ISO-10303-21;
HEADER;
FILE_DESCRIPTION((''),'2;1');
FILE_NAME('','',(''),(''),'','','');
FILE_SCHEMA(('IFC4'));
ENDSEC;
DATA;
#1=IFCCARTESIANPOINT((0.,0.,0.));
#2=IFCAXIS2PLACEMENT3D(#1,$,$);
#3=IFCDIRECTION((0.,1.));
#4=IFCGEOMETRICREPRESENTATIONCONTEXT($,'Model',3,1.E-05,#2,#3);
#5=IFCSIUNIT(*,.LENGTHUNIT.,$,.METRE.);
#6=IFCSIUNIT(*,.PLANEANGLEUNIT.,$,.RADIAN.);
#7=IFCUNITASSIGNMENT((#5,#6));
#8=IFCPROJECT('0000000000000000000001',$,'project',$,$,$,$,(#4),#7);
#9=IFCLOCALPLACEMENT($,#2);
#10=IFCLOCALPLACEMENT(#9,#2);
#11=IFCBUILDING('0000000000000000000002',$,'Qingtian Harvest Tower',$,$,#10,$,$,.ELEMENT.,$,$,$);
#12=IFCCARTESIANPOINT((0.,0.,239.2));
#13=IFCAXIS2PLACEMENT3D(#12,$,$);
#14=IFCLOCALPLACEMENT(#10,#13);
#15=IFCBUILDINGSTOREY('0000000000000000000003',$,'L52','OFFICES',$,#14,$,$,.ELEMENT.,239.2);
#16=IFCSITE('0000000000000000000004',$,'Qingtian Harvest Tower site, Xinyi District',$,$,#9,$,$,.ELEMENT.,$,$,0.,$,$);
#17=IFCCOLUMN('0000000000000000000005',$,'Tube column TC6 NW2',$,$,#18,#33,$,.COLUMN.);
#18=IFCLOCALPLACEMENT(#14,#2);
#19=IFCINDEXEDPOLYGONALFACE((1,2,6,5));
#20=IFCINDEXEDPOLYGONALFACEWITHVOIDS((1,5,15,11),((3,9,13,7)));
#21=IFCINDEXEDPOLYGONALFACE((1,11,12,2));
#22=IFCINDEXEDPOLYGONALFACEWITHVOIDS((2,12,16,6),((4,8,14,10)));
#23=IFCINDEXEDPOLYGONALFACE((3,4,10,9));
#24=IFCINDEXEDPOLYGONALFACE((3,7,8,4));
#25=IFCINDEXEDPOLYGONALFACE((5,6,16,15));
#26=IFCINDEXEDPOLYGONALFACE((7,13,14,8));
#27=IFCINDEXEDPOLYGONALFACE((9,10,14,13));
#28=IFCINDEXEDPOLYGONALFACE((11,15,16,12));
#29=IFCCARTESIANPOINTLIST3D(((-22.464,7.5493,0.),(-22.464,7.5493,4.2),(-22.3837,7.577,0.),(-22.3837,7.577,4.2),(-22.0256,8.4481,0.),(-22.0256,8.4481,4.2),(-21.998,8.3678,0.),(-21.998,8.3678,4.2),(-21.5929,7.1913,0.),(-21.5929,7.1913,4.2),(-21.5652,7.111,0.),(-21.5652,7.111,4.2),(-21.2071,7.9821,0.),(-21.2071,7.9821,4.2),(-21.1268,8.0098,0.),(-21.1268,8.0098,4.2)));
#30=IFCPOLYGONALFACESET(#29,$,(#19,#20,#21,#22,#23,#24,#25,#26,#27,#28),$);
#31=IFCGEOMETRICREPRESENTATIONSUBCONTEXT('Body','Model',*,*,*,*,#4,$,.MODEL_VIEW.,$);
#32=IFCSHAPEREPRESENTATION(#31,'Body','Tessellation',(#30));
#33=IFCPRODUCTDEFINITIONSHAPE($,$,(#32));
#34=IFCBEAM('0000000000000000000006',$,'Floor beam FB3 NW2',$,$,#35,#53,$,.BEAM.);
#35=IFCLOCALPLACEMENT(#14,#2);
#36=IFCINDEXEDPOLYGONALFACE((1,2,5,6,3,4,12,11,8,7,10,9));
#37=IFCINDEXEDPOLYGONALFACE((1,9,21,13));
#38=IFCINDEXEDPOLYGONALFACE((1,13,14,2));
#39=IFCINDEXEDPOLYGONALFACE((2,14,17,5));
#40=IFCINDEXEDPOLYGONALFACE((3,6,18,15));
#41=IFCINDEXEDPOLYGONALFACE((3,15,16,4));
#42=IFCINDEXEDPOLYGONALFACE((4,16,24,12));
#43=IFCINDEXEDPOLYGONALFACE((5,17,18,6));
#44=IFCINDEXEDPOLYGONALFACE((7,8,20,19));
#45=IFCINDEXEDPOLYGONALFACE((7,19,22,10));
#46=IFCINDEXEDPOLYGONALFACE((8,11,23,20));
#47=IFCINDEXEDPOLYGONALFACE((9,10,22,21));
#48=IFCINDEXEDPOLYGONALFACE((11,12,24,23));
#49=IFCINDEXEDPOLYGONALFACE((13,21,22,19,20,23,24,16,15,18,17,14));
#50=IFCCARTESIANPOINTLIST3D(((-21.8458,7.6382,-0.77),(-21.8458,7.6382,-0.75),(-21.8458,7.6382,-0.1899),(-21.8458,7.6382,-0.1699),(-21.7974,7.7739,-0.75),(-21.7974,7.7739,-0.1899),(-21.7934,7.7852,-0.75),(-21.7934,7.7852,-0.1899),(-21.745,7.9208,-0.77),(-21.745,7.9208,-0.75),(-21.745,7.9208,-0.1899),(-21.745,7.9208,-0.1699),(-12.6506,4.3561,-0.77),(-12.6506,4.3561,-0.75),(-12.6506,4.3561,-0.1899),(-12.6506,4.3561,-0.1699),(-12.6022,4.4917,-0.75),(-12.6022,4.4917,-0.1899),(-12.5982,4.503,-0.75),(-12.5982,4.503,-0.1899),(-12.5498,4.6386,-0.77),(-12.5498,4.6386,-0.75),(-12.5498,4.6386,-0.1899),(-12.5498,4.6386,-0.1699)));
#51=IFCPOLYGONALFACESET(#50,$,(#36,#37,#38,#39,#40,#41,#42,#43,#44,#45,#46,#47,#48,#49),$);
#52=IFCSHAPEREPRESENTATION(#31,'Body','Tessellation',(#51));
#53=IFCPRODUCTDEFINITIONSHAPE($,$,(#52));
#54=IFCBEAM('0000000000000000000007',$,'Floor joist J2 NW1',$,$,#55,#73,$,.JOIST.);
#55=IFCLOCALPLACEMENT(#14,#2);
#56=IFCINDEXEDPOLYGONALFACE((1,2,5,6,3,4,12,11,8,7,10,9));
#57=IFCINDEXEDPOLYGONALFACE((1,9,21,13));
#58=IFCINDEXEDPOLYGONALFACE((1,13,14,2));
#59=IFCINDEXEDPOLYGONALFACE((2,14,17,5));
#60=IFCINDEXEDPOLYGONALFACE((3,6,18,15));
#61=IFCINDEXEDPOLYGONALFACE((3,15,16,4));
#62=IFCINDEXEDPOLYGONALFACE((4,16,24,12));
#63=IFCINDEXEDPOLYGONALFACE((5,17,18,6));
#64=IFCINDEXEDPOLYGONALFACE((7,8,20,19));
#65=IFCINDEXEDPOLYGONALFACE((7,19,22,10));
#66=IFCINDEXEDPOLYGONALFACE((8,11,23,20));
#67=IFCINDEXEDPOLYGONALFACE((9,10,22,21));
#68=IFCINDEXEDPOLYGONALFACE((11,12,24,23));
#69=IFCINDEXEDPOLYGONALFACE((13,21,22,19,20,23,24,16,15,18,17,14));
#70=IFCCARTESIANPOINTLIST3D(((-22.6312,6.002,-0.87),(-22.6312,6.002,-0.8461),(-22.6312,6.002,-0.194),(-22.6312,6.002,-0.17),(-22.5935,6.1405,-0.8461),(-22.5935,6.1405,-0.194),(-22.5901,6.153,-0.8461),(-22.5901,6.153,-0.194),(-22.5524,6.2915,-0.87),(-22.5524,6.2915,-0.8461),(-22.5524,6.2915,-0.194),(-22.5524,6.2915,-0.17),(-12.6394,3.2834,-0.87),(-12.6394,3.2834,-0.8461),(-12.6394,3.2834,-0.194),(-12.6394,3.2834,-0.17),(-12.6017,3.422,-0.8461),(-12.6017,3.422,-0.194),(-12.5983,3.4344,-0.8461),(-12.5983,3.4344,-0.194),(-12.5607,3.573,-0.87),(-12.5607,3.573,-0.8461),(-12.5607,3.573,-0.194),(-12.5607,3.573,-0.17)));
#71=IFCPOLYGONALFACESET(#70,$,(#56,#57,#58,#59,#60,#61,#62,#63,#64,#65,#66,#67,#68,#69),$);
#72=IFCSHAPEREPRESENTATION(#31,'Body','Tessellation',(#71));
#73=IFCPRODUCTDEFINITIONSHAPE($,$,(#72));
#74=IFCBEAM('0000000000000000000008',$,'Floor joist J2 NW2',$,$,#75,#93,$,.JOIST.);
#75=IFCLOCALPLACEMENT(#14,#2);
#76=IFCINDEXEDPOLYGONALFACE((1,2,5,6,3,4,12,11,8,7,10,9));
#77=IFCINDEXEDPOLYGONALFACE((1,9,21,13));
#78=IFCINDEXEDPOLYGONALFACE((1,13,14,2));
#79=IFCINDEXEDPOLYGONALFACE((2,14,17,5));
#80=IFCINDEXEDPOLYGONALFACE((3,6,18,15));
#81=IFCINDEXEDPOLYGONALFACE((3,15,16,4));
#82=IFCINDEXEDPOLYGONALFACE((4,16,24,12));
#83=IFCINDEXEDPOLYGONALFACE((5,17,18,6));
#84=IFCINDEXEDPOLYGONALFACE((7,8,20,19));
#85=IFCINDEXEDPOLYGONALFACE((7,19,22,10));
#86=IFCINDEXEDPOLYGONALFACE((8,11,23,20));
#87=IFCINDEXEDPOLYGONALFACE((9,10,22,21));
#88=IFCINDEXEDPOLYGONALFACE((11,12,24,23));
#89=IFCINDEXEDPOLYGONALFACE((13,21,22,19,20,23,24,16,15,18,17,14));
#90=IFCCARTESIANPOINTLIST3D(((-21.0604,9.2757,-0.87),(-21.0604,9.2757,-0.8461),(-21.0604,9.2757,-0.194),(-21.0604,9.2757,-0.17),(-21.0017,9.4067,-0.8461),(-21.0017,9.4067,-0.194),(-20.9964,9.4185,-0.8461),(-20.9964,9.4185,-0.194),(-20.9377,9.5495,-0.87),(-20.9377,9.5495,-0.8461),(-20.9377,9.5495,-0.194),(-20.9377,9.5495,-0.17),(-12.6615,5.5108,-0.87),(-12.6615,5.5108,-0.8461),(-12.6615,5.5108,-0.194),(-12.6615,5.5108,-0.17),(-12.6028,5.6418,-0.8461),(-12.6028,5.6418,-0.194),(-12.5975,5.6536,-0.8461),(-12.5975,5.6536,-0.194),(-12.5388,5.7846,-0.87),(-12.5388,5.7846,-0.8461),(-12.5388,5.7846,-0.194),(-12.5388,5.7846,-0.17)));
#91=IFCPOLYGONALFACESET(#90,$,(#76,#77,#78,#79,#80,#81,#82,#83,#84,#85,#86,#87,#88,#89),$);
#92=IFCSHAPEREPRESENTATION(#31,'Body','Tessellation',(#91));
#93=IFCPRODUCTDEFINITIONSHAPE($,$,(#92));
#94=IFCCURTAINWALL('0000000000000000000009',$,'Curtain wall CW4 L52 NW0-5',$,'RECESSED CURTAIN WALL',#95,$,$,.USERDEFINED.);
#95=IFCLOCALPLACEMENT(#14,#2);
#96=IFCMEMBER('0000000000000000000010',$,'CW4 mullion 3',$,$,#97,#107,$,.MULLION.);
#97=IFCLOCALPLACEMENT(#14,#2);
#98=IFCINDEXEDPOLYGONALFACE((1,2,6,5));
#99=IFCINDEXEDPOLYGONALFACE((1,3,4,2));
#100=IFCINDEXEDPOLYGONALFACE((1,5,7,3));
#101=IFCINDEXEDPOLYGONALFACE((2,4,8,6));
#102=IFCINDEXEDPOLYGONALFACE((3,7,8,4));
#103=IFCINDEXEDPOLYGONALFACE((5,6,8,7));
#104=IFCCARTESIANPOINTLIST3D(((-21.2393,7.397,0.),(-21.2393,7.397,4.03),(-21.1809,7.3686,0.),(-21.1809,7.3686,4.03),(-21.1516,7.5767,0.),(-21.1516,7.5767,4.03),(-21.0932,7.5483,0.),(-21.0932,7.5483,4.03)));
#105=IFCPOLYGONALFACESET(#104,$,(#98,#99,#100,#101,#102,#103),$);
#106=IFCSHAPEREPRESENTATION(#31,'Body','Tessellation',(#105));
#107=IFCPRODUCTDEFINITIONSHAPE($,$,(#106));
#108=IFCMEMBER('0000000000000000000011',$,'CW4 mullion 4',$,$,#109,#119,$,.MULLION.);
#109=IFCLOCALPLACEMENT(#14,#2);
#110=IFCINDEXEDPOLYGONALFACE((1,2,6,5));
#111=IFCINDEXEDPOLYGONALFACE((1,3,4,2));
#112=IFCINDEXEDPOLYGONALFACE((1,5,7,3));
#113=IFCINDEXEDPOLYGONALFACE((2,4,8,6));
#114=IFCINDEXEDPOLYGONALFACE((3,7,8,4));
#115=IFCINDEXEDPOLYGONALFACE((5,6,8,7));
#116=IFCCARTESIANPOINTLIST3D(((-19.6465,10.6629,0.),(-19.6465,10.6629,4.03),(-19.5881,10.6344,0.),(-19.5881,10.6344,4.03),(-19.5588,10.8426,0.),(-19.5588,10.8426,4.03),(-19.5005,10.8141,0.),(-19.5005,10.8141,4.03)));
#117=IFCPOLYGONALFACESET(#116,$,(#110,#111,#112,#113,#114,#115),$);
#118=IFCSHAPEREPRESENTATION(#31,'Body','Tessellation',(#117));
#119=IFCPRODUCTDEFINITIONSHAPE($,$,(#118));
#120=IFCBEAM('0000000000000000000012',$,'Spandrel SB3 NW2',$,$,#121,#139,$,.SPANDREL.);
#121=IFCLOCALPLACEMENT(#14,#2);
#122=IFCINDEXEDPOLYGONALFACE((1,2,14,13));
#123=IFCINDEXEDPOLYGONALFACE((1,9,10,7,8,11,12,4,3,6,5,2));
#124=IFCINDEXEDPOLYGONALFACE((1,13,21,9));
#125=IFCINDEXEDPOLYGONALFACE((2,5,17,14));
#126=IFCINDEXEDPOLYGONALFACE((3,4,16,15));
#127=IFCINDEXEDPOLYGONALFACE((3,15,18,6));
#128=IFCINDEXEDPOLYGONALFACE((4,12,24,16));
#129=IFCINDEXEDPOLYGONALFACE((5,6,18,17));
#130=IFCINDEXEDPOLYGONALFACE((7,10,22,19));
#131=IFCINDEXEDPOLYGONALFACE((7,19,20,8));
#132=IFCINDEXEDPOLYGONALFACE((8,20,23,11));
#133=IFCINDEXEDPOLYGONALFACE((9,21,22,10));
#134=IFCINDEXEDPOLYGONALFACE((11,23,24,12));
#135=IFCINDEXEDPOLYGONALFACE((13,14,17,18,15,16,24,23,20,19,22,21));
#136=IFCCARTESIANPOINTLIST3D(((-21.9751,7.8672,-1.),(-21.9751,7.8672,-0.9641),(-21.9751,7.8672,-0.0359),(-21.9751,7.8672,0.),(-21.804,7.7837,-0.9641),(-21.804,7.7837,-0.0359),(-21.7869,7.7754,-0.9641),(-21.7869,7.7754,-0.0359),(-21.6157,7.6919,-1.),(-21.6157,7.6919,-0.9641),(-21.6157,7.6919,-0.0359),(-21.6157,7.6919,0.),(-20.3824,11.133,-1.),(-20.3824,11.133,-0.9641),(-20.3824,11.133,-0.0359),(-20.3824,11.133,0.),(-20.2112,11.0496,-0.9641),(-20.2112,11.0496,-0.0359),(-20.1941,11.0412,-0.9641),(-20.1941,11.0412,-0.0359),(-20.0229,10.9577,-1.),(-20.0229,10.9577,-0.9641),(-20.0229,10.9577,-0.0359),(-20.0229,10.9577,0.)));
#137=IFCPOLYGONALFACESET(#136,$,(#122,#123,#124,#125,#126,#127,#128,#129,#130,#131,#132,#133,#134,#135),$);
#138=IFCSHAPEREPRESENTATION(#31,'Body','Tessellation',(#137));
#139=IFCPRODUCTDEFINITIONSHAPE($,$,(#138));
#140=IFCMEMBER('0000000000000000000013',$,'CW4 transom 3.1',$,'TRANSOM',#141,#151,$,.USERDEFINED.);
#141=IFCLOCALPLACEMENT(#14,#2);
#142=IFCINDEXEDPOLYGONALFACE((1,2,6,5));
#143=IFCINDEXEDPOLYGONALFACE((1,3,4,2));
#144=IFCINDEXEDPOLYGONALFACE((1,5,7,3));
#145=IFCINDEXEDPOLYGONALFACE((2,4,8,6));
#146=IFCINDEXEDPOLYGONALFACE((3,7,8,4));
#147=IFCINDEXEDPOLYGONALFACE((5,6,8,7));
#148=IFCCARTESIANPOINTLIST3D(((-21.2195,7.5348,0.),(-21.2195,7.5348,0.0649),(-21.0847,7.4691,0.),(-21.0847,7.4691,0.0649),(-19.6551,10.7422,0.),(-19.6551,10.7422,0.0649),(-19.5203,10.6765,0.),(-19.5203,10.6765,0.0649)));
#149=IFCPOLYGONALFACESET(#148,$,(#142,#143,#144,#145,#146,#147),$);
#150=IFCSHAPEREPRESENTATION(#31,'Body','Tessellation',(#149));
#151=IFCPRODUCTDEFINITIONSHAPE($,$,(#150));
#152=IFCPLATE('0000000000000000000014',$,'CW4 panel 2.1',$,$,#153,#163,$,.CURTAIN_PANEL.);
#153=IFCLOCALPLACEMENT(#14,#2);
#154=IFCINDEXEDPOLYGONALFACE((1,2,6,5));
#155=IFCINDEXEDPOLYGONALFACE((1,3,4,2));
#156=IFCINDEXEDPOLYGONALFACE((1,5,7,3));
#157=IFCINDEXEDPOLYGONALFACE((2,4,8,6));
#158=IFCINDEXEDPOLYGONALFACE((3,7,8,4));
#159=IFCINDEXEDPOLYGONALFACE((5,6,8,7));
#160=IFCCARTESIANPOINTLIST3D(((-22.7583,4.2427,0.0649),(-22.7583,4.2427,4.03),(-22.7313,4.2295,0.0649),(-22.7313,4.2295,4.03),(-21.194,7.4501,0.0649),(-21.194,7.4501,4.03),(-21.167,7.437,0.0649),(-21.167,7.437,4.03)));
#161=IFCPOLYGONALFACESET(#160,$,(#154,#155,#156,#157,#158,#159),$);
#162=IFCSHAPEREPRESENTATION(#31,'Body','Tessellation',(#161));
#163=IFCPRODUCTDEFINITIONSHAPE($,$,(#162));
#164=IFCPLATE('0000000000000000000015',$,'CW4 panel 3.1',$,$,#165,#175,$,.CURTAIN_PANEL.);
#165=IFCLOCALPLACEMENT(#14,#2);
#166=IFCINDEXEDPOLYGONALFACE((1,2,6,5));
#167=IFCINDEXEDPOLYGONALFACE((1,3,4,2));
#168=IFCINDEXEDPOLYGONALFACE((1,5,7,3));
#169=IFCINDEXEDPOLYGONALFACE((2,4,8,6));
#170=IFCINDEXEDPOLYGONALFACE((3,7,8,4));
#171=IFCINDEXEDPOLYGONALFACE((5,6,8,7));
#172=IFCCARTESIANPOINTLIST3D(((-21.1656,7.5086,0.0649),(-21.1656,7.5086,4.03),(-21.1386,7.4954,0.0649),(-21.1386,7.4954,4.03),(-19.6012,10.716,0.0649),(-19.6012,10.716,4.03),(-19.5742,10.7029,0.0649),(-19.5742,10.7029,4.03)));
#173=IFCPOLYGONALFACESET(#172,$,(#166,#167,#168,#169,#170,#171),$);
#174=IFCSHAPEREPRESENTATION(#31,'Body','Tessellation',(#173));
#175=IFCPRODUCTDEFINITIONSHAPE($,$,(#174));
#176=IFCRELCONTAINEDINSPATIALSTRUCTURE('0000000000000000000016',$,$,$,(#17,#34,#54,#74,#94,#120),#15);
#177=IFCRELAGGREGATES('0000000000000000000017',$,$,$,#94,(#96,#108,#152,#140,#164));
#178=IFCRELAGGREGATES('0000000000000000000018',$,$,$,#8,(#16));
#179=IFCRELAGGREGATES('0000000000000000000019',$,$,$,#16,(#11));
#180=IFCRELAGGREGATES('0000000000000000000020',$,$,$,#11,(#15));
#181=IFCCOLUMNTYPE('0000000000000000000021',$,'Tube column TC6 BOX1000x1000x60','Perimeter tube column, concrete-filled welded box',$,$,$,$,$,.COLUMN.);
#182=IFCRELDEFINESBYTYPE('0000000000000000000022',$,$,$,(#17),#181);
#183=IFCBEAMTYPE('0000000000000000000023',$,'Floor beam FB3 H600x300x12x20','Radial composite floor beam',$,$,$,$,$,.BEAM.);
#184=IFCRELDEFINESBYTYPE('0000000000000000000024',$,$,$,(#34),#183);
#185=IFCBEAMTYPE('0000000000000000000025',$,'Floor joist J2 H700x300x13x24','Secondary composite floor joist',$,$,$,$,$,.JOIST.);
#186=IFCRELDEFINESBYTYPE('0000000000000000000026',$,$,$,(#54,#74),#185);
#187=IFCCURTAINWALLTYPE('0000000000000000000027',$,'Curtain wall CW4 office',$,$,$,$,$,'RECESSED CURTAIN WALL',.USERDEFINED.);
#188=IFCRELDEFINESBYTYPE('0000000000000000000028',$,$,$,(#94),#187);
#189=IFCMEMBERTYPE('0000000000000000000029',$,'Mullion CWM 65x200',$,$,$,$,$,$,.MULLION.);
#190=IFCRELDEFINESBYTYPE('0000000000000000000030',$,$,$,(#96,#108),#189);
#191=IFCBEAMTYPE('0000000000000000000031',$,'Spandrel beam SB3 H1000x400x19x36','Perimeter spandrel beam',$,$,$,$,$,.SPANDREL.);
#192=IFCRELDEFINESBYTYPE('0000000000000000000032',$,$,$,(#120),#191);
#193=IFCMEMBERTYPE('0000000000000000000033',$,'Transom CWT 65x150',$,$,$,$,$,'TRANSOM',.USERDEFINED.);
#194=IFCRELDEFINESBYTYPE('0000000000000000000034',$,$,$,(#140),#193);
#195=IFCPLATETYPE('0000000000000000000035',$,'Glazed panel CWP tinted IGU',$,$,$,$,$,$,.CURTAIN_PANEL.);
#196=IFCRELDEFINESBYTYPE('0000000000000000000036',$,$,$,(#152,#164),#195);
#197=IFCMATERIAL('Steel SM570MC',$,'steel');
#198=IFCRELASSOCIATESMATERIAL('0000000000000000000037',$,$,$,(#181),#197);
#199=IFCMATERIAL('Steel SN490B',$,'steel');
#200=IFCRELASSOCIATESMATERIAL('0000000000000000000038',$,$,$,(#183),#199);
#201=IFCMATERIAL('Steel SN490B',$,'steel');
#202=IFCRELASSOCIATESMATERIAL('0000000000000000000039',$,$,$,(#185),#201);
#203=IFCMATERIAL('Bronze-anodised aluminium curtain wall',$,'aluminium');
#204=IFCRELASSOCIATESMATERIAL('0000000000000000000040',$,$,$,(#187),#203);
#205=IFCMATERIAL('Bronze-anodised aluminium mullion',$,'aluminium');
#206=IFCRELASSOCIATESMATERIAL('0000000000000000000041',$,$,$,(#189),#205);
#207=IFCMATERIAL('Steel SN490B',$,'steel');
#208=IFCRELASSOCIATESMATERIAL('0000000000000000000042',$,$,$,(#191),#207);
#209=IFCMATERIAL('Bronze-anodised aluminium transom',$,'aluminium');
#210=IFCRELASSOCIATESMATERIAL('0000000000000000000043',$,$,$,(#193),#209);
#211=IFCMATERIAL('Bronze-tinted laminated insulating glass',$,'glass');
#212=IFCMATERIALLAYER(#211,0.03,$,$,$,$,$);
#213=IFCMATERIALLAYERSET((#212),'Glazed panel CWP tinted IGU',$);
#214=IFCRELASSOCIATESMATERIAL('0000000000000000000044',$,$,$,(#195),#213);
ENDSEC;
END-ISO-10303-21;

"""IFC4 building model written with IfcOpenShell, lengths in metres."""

from ifc_helpers import new_model, si_unit, direction, frame, origin, origin_2d, place, context, subcontext, project, spatial, rectangle, hollow_rectangle, i_section, extrude, material, layer, layer_set, material_profile, profile_set, type_object, element, aggregate, save


model = new_model("IFC4")

# Units and contexts
model_context = context("Model", 3, precision=1e-05, world=origin(), true_north=direction((0.0, 1.0)))
body_context = subcontext(model_context, "Body", "Model", "MODEL_VIEW")
ifc_project = project(units=[si_unit("LENGTHUNIT", "METRE"), si_unit("PLANEANGLEUNIT", "RADIAN")], contexts=[model_context])

# Site, building, storey
site_placement = place(None, origin())
site = spatial("IfcSite", under=ifc_project, at=site_placement, Name="Qingtian Harvest Tower site, Xinyi District", CompositionType="ELEMENT", RefElevation=0.0)
building_placement = place(site_placement, origin())
building = spatial("IfcBuilding", under=site, at=building_placement, Name="Qingtian Harvest Tower", CompositionType="ELEMENT")
storey_placement = place(building_placement, frame((0.0, 0.0, 239.2)))
storey = spatial("IfcBuildingStorey", under=building, at=storey_placement, Name="L52", Description="OFFICES", CompositionType="ELEMENT", Elevation=239.2)

# Column
ifc_material_1 = material(Name="Steel SM570MC", Category="steel")
ifc_material_profile_1 = material_profile(ifc_material_1, hollow_rectangle(XDim=1.0, YDim=1.0, WallThickness=0.0601, at=origin_2d()), Name="BOX1000x1000x60")
ifc_profile_set_1 = profile_set([ifc_material_profile_1], Name="Steel SM570MC")
column_type = type_object("IfcColumnType", Name="Tube column TC6 BOX1000x1000x60", Description="Perimeter tube column, concrete-filled welded box", PredefinedType="COLUMN", material=ifc_profile_set_1)
column_placement = place(storey_placement, frame((-21.7954, 7.7795, 0.0), z_axis=(0.0, 0.0, 1.0), x_axis=(-0.438371, -0.898794, 0.0)))
element("IfcColumn", 1, at=column_placement, inside=storey, type_object=column_type, Name="Tube column TC6 NW2", PredefinedType="COLUMN", context=body_context, shape_type="SweptSolid", body=[
    extrude(hollow_rectangle(XDim=1.0, YDim=1.0, WallThickness=0.0601, at=origin_2d()), origin(), (0.0, 0.0, 1.0), 4.2),
])

# Beams
ifc_material_2 = material(Name="Steel SN490B", Category="steel")
ifc_material_profile_2 = material_profile(ifc_material_2, i_section(OverallWidth=0.3, OverallDepth=0.6001, WebThickness=0.012, FlangeThickness=0.02, at=origin_2d()), Name="H600x300x12x20")
ifc_profile_set_2 = profile_set([ifc_material_profile_2], Name="Steel SN490B")
beam_type_1 = type_object("IfcBeamType", Name="Floor beam FB3 H600x300x12x20", Description="Radial composite floor beam", PredefinedType="BEAM", material=ifc_profile_set_2)
beam_1_placement = place(storey_placement, frame((-21.7954, 7.7795, -0.47), z_axis=(0.941801, -0.336172, 0.0), x_axis=(0.336172, 0.941801, 0.0)))
element("IfcBeam", 2, at=beam_1_placement, inside=storey, type_object=beam_type_1, Name="Floor beam FB3 NW2", PredefinedType="BEAM", context=body_context, shape_type="SweptSolid", body=[
    extrude(i_section(OverallWidth=0.3, OverallDepth=0.6001, WebThickness=0.012, FlangeThickness=0.02, at=origin_2d()), origin(), (0.0, 0.0, 1.0), 9.7634),
])
ifc_material_3 = material(Name="Steel SN490B", Category="steel")
ifc_material_profile_3 = material_profile(ifc_material_3, i_section(OverallWidth=0.3, OverallDepth=0.7, WebThickness=0.0129, FlangeThickness=0.0239, at=origin_2d()), Name="H700x300x13x24")
ifc_profile_set_3 = profile_set([ifc_material_profile_3], Name="Steel SN490B")
beam_type_2 = type_object("IfcBeamType", Name="Floor joist J2 H700x300x13x24", Description="Secondary composite floor joist", PredefinedType="JOIST", material=ifc_profile_set_3)
beam_2_placement = place(storey_placement, frame((-22.5918, 6.1467, -0.52), z_axis=(0.964923, -0.262533, 0.0), x_axis=(0.262533, 0.964923, 0.0)))
element("IfcBeam", 3, at=beam_2_placement, inside=storey, type_object=beam_type_2, Name="Floor joist J2 NW1", PredefinedType="JOIST", context=body_context, shape_type="SweptSolid", body=[
    extrude(i_section(OverallWidth=0.3, OverallDepth=0.7, WebThickness=0.0129, FlangeThickness=0.0239, at=origin_2d()), origin(), (0.0, 0.0, 1.0), 10.355),
])
beam_3_placement = place(storey_placement, frame((-20.999, 9.4126, -0.52), z_axis=(0.912515, -0.409043, 0.0), x_axis=(0.409043, 0.912515, 0.0)))
element("IfcBeam", 4, at=beam_3_placement, inside=storey, type_object=beam_type_2, Name="Floor joist J2 NW2", PredefinedType="JOIST", context=body_context, shape_type="SweptSolid", body=[
    extrude(i_section(OverallWidth=0.3, OverallDepth=0.7, WebThickness=0.0129, FlangeThickness=0.0239, at=origin_2d()), origin(), (0.0, 0.0, 1.0), 9.2041),
])

# Curtain wall, members
ifc_material_4 = material(Name="Bronze-anodised aluminium curtain wall", Category="aluminium")
curtain_wall_type = type_object("IfcCurtainWallType", Name="Curtain wall CW4 office", ElementType="RECESSED CURTAIN WALL", PredefinedType="USERDEFINED", material=ifc_material_4)
curtain_wall_placement = place(storey_placement, origin())
curtain_wall = element("IfcCurtainWall", 5, at=curtain_wall_placement, inside=storey, type_object=curtain_wall_type, Name="Curtain wall CW4 L52 NW0-5", ObjectType="RECESSED CURTAIN WALL", PredefinedType="USERDEFINED")
ifc_material_5 = material(Name="Bronze-anodised aluminium mullion", Category="aluminium")
ifc_material_profile_4 = material_profile(ifc_material_5, rectangle(XDim=0.0649, YDim=0.2, at=origin_2d()), Name="AL 65x200")
ifc_profile_set_4 = profile_set([ifc_material_profile_4], Name="Bronze-anodised aluminium mullion")
member_type_1 = type_object("IfcMemberType", Name="Mullion CWM 65x200", PredefinedType="MULLION", material=ifc_profile_set_4)
member_1_placement = place(storey_placement, frame((-21.1663, 7.4727, 0.0), z_axis=(0.0, 0.0, 1.0), x_axis=(-0.898794, 0.438371, 0.0)))
member_1 = element("IfcMember", 6, at=member_1_placement, type_object=member_type_1, Name="CW4 mullion 3", PredefinedType="MULLION", context=body_context, shape_type="SweptSolid", body=[
    extrude(rectangle(XDim=0.0649, YDim=0.2, at=origin_2d()), origin(), (0.0, 0.0, 1.0), 4.03),
])
member_2_placement = place(storey_placement, frame((-19.5735, 10.7385, 0.0), z_axis=(0.0, 0.0, 1.0), x_axis=(-0.898794, 0.438371, 0.0)))
member_2 = element("IfcMember", 7, at=member_2_placement, type_object=member_type_1, Name="CW4 mullion 4", PredefinedType="MULLION", context=body_context, shape_type="SweptSolid", body=[
    extrude(rectangle(XDim=0.0649, YDim=0.2, at=origin_2d()), origin(), (0.0, 0.0, 1.0), 4.03),
])

# Beam
ifc_material_6 = material(Name="Steel SN490B", Category="steel")
ifc_material_profile_5 = material_profile(ifc_material_6, i_section(OverallWidth=0.3999, OverallDepth=1.0, WebThickness=0.019, FlangeThickness=0.0359, at=origin_2d()), Name="H1000x400x19x36")
ifc_profile_set_5 = profile_set([ifc_material_profile_5], Name="Steel SN490B")
beam_type_3 = type_object("IfcBeamType", Name="Spandrel beam SB3 H1000x400x19x36", Description="Perimeter spandrel beam", PredefinedType="SPANDREL", material=ifc_profile_set_5)
beam_4_placement = place(storey_placement, frame((-21.7954, 7.7795, -0.5), z_axis=(0.438349, 0.898805, 0.0), x_axis=(-0.898805, 0.438349, 0.0)))
element("IfcBeam", 8, at=beam_4_placement, inside=storey, type_object=beam_type_3, Name="Spandrel SB3 NW2", PredefinedType="SPANDREL", context=body_context, shape_type="SweptSolid", body=[
    extrude(i_section(OverallWidth=0.3999, OverallDepth=1.0, WebThickness=0.019, FlangeThickness=0.0359, at=origin_2d()), origin(), (0.0, 0.0, 1.0), 3.6335),
])

# Member
ifc_material_7 = material(Name="Bronze-anodised aluminium transom", Category="aluminium")
ifc_material_profile_6 = material_profile(ifc_material_7, rectangle(XDim=0.1499, YDim=0.0649, at=origin_2d()), Name="AL 65x150")
ifc_profile_set_6 = profile_set([ifc_material_profile_6], Name="Bronze-anodised aluminium transom")
member_type_2 = type_object("IfcMemberType", Name="Transom CWT 65x150", ElementType="TRANSOM", PredefinedType="USERDEFINED", material=ifc_profile_set_6)
member_3_placement = place(storey_placement, frame((-21.1521, 7.502, 0.0325), z_axis=(0.438381, 0.898789, 0.0), x_axis=(-0.898789, 0.438381, 0.0)))
member_3 = element("IfcMember", 9, at=member_3_placement, type_object=member_type_2, Name="CW4 transom 3.1", ObjectType="TRANSOM", PredefinedType="USERDEFINED", context=body_context, shape_type="SweptSolid", body=[
    extrude(rectangle(XDim=0.1499, YDim=0.0649, at=origin_2d()), origin(), (0.0, 0.0, 1.0), 3.5686),
])

# Plates
ifc_material_8 = material(Name="Bronze-tinted laminated insulating glass", Category="glass")
ifc_layer_1 = layer(ifc_material_8, 0.03)
ifc_layer_set_1 = layer_set([ifc_layer_1], Name="Glazed panel CWP tinted IGU")
plate_type = type_object("IfcPlateType", Name="Glazed panel CWP tinted IGU", PredefinedType="CURTAIN_PANEL", material=ifc_layer_set_1)
plate_1_placement = place(storey_placement, frame((-21.9626, 5.8398, 0.0649), z_axis=(0.0, 0.0, 1.0), x_axis=(0.438371, 0.898794, 0.0)))
plate_1 = element("IfcPlate", 10, at=plate_1_placement, type_object=plate_type, Name="CW4 panel 2.1", PredefinedType="CURTAIN_PANEL", context=body_context, shape_type="SweptSolid", body=[
    extrude(rectangle(XDim=3.5686, YDim=0.03, at=origin_2d()), origin(), (0.0, 0.0, 1.0), 3.9651),
])
plate_2_placement = place(storey_placement, frame((-20.3699, 9.1057, 0.0649), z_axis=(0.0, 0.0, 1.0), x_axis=(0.438371, 0.898794, 0.0)))
plate_2 = element("IfcPlate", 11, at=plate_2_placement, type_object=plate_type, Name="CW4 panel 3.1", PredefinedType="CURTAIN_PANEL", context=body_context, shape_type="SweptSolid", body=[
    extrude(rectangle(XDim=3.5686, YDim=0.03, at=origin_2d()), origin(), (0.0, 0.0, 1.0), 3.9651),
])
aggregate(curtain_wall, [member_1, member_2, plate_1, member_3, plate_2])

save(model, "model.ifc")
